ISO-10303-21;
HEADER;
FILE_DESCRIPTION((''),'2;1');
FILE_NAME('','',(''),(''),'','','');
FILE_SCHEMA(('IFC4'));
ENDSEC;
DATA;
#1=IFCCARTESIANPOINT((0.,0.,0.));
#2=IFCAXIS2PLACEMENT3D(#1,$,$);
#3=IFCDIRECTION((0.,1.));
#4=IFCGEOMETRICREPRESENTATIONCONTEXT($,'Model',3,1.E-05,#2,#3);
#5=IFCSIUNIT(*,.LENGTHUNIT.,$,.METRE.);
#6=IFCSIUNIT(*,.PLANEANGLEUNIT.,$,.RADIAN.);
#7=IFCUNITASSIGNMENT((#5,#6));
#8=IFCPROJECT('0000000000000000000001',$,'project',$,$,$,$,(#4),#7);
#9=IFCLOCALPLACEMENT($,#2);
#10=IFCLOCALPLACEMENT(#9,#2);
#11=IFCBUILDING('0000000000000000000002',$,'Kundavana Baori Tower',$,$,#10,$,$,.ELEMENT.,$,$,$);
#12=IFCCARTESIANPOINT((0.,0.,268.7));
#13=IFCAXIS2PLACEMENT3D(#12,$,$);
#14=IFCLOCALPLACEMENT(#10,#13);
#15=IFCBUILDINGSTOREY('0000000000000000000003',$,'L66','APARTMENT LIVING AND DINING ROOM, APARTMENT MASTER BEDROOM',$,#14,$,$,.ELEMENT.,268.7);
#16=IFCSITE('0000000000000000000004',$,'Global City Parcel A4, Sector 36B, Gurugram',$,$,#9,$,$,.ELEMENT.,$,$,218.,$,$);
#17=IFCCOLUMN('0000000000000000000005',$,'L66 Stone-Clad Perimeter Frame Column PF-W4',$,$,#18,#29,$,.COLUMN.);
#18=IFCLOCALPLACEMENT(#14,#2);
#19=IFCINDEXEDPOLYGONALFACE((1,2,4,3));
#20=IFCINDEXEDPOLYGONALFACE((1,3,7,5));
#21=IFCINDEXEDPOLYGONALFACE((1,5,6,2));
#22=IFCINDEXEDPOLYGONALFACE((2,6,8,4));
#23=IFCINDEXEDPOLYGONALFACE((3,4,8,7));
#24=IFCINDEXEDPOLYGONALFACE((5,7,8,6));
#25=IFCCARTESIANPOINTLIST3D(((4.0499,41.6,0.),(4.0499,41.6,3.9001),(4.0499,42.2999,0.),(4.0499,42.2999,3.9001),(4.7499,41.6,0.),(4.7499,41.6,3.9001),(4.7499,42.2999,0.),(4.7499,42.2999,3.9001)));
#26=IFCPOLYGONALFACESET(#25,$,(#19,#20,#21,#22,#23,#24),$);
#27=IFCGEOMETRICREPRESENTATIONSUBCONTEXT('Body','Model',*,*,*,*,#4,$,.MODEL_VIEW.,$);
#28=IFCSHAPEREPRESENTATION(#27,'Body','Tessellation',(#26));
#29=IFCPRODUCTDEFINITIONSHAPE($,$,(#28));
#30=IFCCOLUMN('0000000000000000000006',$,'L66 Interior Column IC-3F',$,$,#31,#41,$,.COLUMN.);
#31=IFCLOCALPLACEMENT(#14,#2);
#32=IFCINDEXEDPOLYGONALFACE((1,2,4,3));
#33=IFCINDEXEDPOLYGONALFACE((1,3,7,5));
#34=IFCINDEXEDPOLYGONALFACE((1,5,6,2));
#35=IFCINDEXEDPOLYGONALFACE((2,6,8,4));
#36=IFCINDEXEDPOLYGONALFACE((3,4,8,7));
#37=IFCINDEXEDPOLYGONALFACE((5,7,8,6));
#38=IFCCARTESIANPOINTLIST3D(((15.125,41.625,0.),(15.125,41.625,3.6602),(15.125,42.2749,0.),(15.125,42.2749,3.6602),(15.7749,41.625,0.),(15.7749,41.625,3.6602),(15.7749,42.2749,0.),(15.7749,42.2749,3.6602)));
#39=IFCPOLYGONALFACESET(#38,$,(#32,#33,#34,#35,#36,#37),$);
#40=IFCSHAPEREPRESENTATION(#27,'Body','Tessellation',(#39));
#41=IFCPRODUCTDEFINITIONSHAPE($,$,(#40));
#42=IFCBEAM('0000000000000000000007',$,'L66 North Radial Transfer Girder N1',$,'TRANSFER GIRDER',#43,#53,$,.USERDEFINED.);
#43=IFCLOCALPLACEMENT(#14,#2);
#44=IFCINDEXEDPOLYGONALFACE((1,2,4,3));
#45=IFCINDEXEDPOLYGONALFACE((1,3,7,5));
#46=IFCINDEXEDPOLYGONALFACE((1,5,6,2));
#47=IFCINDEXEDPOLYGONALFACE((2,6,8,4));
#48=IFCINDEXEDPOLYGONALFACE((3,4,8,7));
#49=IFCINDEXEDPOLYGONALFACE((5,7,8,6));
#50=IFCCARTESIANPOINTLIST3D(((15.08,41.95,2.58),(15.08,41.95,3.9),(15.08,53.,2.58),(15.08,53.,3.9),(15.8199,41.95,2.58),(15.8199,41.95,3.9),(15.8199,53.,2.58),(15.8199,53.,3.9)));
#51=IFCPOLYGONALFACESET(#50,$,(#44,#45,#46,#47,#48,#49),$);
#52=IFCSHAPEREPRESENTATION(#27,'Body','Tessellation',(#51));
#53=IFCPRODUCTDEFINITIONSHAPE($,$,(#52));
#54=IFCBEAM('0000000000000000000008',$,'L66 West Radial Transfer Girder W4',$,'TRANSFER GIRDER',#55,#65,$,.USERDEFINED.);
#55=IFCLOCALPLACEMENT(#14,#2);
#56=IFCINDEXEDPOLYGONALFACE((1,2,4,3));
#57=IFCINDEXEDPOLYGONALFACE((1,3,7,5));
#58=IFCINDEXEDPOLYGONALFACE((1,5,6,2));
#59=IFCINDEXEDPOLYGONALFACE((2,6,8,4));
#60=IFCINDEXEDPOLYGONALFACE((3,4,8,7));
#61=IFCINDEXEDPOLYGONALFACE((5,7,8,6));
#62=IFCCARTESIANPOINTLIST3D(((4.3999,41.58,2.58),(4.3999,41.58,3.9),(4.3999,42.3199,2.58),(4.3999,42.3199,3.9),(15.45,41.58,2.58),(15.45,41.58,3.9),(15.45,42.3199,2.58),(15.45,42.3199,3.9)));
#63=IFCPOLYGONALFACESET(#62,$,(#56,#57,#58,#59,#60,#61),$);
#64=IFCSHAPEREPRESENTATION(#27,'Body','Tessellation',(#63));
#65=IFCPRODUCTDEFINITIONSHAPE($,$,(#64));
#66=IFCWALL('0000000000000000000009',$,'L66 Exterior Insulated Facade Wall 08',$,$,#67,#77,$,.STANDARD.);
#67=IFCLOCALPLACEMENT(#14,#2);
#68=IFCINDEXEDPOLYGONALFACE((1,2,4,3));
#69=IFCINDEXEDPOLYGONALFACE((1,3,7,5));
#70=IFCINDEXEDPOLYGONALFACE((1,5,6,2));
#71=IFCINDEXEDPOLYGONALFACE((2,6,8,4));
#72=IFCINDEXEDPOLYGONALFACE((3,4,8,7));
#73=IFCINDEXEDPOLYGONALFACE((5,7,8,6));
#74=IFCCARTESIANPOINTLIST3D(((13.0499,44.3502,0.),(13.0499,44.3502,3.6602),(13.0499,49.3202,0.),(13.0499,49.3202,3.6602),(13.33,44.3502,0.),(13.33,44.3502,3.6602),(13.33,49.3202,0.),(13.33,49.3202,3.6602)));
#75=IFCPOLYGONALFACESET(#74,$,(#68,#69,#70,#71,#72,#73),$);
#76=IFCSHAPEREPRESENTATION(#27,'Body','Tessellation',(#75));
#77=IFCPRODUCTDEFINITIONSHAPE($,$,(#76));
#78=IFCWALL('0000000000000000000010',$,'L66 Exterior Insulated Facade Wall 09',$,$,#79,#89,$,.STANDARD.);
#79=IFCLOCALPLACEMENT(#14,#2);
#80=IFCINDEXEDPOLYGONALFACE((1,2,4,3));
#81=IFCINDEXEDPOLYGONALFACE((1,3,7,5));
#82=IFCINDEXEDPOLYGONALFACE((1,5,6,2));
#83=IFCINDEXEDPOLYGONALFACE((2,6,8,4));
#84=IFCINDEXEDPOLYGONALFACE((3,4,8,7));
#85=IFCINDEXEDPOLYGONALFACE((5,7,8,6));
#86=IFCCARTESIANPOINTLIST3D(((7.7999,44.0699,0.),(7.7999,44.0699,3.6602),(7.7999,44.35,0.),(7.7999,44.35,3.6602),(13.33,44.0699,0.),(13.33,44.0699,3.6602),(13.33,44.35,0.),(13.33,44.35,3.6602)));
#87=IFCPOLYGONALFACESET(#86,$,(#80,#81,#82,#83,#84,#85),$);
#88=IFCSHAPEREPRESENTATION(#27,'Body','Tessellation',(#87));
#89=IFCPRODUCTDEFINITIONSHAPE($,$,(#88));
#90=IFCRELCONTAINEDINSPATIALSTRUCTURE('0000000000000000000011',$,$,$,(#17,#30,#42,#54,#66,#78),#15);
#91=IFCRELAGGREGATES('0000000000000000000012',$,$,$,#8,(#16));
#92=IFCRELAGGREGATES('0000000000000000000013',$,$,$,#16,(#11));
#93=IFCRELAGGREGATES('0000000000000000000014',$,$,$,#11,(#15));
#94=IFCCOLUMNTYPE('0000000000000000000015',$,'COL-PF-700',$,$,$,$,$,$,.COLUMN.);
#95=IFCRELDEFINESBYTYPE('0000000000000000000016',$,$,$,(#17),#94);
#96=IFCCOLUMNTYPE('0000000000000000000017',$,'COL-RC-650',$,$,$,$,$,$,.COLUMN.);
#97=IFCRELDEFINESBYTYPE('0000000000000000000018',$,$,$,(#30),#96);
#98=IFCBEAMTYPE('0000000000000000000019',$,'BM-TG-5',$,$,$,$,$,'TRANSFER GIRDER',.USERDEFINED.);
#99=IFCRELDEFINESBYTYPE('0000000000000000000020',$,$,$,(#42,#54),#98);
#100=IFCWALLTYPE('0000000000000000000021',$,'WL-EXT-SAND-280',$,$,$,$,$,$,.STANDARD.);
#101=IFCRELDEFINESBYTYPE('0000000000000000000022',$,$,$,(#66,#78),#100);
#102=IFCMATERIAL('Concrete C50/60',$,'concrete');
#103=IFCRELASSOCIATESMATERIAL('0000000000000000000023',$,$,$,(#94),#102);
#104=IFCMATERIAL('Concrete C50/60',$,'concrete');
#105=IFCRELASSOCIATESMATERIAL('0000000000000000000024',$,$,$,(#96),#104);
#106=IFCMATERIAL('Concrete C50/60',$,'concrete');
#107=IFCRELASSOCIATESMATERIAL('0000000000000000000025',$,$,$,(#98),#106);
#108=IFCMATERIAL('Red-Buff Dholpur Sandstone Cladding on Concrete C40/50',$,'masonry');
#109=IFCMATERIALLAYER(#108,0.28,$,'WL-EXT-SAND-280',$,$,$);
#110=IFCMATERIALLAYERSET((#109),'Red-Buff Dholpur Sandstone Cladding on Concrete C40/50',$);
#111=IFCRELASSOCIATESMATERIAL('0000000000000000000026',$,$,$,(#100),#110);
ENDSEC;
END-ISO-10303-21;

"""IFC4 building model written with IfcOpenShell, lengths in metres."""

from ifc_helpers import new_model, si_unit, direction, frame, frame_2d, origin, origin_2d, place, context, subcontext, project, spatial, rectangle, extrude, material, layer, layer_set, material_profile, profile_set, type_object, element, save


model = new_model("IFC4")

# Units and contexts
model_context = context("Model", 3, precision=1e-05, world=origin(), true_north=direction((0.0, 1.0)))
body_context = subcontext(model_context, "Body", "Model", "MODEL_VIEW")
ifc_project = project(units=[si_unit("LENGTHUNIT", "METRE"), si_unit("PLANEANGLEUNIT", "RADIAN")], contexts=[model_context])

# Site, building, storey
site_placement = place(None, origin())
site = spatial("IfcSite", under=ifc_project, at=site_placement, Name="Global City Parcel A4, Sector 36B, Gurugram", CompositionType="ELEMENT", RefElevation=218.0)
building_placement = place(site_placement, origin())
building = spatial("IfcBuilding", under=site, at=building_placement, Name="Kundavana Baori Tower", CompositionType="ELEMENT")
storey_placement = place(building_placement, frame((0.0, 0.0, 268.7)))
storey = spatial("IfcBuildingStorey", under=building, at=storey_placement, Name="L66", Description="APARTMENT LIVING AND DINING ROOM, APARTMENT MASTER BEDROOM", CompositionType="ELEMENT", Elevation=268.7)

# Columns
ifc_material_1 = material(Name="Concrete C50/60", Category="concrete")
ifc_material_profile_1 = material_profile(ifc_material_1, rectangle(XDim=0.7, YDim=0.7, at=origin_2d()), Name="RC PF 700x700")
ifc_profile_set_1 = profile_set([ifc_material_profile_1], Name="Concrete C50/60")
column_type_1 = type_object("IfcColumnType", Name="COL-PF-700", PredefinedType="COLUMN", material=ifc_profile_set_1)
column_1_placement = place(storey_placement, frame((4.3999, 41.95, 0.0), z_axis=(0.0, 0.0, 1.0), x_axis=(1.0, 0.0, 0.0)))
element("IfcColumn", 1, at=column_1_placement, inside=storey, type_object=column_type_1, Name="L66 Stone-Clad Perimeter Frame Column PF-W4", PredefinedType="COLUMN", context=body_context, shape_type="SweptSolid", body=[
    extrude(rectangle(XDim=0.7, YDim=0.7, at=origin_2d()), origin(), (0.0, 0.0, 1.0), 3.9001),
])
ifc_material_2 = material(Name="Concrete C50/60", Category="concrete")
ifc_material_profile_2 = material_profile(ifc_material_2, rectangle(XDim=0.6499, YDim=0.6499, at=origin_2d()), Name="RC 650x650")
ifc_profile_set_2 = profile_set([ifc_material_profile_2], Name="Concrete C50/60")
column_type_2 = type_object("IfcColumnType", Name="COL-RC-650", PredefinedType="COLUMN", material=ifc_profile_set_2)
column_2_placement = place(storey_placement, frame((15.45, 41.95, 0.0), z_axis=(0.0, 0.0, 1.0), x_axis=(1.0, 0.0, 0.0)))
element("IfcColumn", 2, at=column_2_placement, inside=storey, type_object=column_type_2, Name="L66 Interior Column IC-3F", PredefinedType="COLUMN", context=body_context, shape_type="SweptSolid", body=[
    extrude(rectangle(XDim=0.6499, YDim=0.6499, at=origin_2d()), origin(), (0.0, 0.0, 1.0), 3.6602),
])

# Beams
ifc_material_3 = material(Name="Concrete C50/60", Category="concrete")
ifc_material_profile_3 = material_profile(ifc_material_3, rectangle(XDim=0.74, YDim=1.3201, at=origin_2d()), Name="BM-TG-5")
ifc_profile_set_3 = profile_set([ifc_material_profile_3], Name="Concrete C50/60")
beam_type = type_object("IfcBeamType", Name="BM-TG-5", ElementType="TRANSFER GIRDER", PredefinedType="USERDEFINED", material=ifc_profile_set_3)
for number, where, z_axis, x_axis, name in (
    (3, (15.45, 41.95, 3.24), (0.0, 1.0, 0.0), (-1.0, 0.0, 0.0), "L66 North Radial Transfer Girder N1"),
    (4, (15.45, 41.95, 3.24), (-1.0, 0.0, 0.0), (0.0, -1.0, 0.0), "L66 West Radial Transfer Girder W4"),
):
    element("IfcBeam", number, at=place(storey_placement, frame(where, z_axis=z_axis, x_axis=x_axis)), inside=storey, type_object=beam_type, Name=name, ObjectType="TRANSFER GIRDER", PredefinedType="USERDEFINED", context=body_context, shape_type="SweptSolid", body=[
        extrude(rectangle(XDim=0.74, YDim=1.3201, at=origin_2d()), origin(), (0.0, 0.0, 1.0), 11.05),
    ])

# Walls
ifc_material_4 = material(Name="Red-Buff Dholpur Sandstone Cladding on Concrete C40/50", Category="masonry")
ifc_layer_1 = layer(ifc_material_4, 0.28, Name="WL-EXT-SAND-280")
ifc_layer_set_1 = layer_set([ifc_layer_1], Name="Red-Buff Dholpur Sandstone Cladding on Concrete C40/50")
wall_type_1 = type_object("IfcWallType", Name="WL-EXT-SAND-280", PredefinedType="STANDARD", material=ifc_layer_set_1)
wall_1_placement = place(storey_placement, frame((13.1899, 49.3201, 0.0), z_axis=(0.0, 0.0, 1.0), x_axis=(0.0, -1.0, 0.0)))
element("IfcWall", 5, at=wall_1_placement, inside=storey, type_object=wall_type_1, Name="L66 Exterior Insulated Facade Wall 08", PredefinedType="STANDARD", context=body_context, shape_type="SweptSolid", body=[
    extrude(rectangle(XDim=4.97, YDim=0.28, at=frame_2d((2.4849, 0.0))), origin(), (0.0, 0.0, 1.0), 3.6602),
])
wall_2_placement = place(storey_placement, frame((13.3301, 44.21, 0.0), z_axis=(0.0, 0.0, 1.0), x_axis=(-1.0, 0.0, 0.0)))
element("IfcWall", 6, at=wall_2_placement, inside=storey, type_object=wall_type_1, Name="L66 Exterior Insulated Facade Wall 09", PredefinedType="STANDARD", context=body_context, shape_type="SweptSolid", body=[
    extrude(rectangle(XDim=5.53, YDim=0.28, at=frame_2d((2.7651, 0.0))), origin(), (0.0, 0.0, 1.0), 3.6602),
])

save(model, "model.ifc")
